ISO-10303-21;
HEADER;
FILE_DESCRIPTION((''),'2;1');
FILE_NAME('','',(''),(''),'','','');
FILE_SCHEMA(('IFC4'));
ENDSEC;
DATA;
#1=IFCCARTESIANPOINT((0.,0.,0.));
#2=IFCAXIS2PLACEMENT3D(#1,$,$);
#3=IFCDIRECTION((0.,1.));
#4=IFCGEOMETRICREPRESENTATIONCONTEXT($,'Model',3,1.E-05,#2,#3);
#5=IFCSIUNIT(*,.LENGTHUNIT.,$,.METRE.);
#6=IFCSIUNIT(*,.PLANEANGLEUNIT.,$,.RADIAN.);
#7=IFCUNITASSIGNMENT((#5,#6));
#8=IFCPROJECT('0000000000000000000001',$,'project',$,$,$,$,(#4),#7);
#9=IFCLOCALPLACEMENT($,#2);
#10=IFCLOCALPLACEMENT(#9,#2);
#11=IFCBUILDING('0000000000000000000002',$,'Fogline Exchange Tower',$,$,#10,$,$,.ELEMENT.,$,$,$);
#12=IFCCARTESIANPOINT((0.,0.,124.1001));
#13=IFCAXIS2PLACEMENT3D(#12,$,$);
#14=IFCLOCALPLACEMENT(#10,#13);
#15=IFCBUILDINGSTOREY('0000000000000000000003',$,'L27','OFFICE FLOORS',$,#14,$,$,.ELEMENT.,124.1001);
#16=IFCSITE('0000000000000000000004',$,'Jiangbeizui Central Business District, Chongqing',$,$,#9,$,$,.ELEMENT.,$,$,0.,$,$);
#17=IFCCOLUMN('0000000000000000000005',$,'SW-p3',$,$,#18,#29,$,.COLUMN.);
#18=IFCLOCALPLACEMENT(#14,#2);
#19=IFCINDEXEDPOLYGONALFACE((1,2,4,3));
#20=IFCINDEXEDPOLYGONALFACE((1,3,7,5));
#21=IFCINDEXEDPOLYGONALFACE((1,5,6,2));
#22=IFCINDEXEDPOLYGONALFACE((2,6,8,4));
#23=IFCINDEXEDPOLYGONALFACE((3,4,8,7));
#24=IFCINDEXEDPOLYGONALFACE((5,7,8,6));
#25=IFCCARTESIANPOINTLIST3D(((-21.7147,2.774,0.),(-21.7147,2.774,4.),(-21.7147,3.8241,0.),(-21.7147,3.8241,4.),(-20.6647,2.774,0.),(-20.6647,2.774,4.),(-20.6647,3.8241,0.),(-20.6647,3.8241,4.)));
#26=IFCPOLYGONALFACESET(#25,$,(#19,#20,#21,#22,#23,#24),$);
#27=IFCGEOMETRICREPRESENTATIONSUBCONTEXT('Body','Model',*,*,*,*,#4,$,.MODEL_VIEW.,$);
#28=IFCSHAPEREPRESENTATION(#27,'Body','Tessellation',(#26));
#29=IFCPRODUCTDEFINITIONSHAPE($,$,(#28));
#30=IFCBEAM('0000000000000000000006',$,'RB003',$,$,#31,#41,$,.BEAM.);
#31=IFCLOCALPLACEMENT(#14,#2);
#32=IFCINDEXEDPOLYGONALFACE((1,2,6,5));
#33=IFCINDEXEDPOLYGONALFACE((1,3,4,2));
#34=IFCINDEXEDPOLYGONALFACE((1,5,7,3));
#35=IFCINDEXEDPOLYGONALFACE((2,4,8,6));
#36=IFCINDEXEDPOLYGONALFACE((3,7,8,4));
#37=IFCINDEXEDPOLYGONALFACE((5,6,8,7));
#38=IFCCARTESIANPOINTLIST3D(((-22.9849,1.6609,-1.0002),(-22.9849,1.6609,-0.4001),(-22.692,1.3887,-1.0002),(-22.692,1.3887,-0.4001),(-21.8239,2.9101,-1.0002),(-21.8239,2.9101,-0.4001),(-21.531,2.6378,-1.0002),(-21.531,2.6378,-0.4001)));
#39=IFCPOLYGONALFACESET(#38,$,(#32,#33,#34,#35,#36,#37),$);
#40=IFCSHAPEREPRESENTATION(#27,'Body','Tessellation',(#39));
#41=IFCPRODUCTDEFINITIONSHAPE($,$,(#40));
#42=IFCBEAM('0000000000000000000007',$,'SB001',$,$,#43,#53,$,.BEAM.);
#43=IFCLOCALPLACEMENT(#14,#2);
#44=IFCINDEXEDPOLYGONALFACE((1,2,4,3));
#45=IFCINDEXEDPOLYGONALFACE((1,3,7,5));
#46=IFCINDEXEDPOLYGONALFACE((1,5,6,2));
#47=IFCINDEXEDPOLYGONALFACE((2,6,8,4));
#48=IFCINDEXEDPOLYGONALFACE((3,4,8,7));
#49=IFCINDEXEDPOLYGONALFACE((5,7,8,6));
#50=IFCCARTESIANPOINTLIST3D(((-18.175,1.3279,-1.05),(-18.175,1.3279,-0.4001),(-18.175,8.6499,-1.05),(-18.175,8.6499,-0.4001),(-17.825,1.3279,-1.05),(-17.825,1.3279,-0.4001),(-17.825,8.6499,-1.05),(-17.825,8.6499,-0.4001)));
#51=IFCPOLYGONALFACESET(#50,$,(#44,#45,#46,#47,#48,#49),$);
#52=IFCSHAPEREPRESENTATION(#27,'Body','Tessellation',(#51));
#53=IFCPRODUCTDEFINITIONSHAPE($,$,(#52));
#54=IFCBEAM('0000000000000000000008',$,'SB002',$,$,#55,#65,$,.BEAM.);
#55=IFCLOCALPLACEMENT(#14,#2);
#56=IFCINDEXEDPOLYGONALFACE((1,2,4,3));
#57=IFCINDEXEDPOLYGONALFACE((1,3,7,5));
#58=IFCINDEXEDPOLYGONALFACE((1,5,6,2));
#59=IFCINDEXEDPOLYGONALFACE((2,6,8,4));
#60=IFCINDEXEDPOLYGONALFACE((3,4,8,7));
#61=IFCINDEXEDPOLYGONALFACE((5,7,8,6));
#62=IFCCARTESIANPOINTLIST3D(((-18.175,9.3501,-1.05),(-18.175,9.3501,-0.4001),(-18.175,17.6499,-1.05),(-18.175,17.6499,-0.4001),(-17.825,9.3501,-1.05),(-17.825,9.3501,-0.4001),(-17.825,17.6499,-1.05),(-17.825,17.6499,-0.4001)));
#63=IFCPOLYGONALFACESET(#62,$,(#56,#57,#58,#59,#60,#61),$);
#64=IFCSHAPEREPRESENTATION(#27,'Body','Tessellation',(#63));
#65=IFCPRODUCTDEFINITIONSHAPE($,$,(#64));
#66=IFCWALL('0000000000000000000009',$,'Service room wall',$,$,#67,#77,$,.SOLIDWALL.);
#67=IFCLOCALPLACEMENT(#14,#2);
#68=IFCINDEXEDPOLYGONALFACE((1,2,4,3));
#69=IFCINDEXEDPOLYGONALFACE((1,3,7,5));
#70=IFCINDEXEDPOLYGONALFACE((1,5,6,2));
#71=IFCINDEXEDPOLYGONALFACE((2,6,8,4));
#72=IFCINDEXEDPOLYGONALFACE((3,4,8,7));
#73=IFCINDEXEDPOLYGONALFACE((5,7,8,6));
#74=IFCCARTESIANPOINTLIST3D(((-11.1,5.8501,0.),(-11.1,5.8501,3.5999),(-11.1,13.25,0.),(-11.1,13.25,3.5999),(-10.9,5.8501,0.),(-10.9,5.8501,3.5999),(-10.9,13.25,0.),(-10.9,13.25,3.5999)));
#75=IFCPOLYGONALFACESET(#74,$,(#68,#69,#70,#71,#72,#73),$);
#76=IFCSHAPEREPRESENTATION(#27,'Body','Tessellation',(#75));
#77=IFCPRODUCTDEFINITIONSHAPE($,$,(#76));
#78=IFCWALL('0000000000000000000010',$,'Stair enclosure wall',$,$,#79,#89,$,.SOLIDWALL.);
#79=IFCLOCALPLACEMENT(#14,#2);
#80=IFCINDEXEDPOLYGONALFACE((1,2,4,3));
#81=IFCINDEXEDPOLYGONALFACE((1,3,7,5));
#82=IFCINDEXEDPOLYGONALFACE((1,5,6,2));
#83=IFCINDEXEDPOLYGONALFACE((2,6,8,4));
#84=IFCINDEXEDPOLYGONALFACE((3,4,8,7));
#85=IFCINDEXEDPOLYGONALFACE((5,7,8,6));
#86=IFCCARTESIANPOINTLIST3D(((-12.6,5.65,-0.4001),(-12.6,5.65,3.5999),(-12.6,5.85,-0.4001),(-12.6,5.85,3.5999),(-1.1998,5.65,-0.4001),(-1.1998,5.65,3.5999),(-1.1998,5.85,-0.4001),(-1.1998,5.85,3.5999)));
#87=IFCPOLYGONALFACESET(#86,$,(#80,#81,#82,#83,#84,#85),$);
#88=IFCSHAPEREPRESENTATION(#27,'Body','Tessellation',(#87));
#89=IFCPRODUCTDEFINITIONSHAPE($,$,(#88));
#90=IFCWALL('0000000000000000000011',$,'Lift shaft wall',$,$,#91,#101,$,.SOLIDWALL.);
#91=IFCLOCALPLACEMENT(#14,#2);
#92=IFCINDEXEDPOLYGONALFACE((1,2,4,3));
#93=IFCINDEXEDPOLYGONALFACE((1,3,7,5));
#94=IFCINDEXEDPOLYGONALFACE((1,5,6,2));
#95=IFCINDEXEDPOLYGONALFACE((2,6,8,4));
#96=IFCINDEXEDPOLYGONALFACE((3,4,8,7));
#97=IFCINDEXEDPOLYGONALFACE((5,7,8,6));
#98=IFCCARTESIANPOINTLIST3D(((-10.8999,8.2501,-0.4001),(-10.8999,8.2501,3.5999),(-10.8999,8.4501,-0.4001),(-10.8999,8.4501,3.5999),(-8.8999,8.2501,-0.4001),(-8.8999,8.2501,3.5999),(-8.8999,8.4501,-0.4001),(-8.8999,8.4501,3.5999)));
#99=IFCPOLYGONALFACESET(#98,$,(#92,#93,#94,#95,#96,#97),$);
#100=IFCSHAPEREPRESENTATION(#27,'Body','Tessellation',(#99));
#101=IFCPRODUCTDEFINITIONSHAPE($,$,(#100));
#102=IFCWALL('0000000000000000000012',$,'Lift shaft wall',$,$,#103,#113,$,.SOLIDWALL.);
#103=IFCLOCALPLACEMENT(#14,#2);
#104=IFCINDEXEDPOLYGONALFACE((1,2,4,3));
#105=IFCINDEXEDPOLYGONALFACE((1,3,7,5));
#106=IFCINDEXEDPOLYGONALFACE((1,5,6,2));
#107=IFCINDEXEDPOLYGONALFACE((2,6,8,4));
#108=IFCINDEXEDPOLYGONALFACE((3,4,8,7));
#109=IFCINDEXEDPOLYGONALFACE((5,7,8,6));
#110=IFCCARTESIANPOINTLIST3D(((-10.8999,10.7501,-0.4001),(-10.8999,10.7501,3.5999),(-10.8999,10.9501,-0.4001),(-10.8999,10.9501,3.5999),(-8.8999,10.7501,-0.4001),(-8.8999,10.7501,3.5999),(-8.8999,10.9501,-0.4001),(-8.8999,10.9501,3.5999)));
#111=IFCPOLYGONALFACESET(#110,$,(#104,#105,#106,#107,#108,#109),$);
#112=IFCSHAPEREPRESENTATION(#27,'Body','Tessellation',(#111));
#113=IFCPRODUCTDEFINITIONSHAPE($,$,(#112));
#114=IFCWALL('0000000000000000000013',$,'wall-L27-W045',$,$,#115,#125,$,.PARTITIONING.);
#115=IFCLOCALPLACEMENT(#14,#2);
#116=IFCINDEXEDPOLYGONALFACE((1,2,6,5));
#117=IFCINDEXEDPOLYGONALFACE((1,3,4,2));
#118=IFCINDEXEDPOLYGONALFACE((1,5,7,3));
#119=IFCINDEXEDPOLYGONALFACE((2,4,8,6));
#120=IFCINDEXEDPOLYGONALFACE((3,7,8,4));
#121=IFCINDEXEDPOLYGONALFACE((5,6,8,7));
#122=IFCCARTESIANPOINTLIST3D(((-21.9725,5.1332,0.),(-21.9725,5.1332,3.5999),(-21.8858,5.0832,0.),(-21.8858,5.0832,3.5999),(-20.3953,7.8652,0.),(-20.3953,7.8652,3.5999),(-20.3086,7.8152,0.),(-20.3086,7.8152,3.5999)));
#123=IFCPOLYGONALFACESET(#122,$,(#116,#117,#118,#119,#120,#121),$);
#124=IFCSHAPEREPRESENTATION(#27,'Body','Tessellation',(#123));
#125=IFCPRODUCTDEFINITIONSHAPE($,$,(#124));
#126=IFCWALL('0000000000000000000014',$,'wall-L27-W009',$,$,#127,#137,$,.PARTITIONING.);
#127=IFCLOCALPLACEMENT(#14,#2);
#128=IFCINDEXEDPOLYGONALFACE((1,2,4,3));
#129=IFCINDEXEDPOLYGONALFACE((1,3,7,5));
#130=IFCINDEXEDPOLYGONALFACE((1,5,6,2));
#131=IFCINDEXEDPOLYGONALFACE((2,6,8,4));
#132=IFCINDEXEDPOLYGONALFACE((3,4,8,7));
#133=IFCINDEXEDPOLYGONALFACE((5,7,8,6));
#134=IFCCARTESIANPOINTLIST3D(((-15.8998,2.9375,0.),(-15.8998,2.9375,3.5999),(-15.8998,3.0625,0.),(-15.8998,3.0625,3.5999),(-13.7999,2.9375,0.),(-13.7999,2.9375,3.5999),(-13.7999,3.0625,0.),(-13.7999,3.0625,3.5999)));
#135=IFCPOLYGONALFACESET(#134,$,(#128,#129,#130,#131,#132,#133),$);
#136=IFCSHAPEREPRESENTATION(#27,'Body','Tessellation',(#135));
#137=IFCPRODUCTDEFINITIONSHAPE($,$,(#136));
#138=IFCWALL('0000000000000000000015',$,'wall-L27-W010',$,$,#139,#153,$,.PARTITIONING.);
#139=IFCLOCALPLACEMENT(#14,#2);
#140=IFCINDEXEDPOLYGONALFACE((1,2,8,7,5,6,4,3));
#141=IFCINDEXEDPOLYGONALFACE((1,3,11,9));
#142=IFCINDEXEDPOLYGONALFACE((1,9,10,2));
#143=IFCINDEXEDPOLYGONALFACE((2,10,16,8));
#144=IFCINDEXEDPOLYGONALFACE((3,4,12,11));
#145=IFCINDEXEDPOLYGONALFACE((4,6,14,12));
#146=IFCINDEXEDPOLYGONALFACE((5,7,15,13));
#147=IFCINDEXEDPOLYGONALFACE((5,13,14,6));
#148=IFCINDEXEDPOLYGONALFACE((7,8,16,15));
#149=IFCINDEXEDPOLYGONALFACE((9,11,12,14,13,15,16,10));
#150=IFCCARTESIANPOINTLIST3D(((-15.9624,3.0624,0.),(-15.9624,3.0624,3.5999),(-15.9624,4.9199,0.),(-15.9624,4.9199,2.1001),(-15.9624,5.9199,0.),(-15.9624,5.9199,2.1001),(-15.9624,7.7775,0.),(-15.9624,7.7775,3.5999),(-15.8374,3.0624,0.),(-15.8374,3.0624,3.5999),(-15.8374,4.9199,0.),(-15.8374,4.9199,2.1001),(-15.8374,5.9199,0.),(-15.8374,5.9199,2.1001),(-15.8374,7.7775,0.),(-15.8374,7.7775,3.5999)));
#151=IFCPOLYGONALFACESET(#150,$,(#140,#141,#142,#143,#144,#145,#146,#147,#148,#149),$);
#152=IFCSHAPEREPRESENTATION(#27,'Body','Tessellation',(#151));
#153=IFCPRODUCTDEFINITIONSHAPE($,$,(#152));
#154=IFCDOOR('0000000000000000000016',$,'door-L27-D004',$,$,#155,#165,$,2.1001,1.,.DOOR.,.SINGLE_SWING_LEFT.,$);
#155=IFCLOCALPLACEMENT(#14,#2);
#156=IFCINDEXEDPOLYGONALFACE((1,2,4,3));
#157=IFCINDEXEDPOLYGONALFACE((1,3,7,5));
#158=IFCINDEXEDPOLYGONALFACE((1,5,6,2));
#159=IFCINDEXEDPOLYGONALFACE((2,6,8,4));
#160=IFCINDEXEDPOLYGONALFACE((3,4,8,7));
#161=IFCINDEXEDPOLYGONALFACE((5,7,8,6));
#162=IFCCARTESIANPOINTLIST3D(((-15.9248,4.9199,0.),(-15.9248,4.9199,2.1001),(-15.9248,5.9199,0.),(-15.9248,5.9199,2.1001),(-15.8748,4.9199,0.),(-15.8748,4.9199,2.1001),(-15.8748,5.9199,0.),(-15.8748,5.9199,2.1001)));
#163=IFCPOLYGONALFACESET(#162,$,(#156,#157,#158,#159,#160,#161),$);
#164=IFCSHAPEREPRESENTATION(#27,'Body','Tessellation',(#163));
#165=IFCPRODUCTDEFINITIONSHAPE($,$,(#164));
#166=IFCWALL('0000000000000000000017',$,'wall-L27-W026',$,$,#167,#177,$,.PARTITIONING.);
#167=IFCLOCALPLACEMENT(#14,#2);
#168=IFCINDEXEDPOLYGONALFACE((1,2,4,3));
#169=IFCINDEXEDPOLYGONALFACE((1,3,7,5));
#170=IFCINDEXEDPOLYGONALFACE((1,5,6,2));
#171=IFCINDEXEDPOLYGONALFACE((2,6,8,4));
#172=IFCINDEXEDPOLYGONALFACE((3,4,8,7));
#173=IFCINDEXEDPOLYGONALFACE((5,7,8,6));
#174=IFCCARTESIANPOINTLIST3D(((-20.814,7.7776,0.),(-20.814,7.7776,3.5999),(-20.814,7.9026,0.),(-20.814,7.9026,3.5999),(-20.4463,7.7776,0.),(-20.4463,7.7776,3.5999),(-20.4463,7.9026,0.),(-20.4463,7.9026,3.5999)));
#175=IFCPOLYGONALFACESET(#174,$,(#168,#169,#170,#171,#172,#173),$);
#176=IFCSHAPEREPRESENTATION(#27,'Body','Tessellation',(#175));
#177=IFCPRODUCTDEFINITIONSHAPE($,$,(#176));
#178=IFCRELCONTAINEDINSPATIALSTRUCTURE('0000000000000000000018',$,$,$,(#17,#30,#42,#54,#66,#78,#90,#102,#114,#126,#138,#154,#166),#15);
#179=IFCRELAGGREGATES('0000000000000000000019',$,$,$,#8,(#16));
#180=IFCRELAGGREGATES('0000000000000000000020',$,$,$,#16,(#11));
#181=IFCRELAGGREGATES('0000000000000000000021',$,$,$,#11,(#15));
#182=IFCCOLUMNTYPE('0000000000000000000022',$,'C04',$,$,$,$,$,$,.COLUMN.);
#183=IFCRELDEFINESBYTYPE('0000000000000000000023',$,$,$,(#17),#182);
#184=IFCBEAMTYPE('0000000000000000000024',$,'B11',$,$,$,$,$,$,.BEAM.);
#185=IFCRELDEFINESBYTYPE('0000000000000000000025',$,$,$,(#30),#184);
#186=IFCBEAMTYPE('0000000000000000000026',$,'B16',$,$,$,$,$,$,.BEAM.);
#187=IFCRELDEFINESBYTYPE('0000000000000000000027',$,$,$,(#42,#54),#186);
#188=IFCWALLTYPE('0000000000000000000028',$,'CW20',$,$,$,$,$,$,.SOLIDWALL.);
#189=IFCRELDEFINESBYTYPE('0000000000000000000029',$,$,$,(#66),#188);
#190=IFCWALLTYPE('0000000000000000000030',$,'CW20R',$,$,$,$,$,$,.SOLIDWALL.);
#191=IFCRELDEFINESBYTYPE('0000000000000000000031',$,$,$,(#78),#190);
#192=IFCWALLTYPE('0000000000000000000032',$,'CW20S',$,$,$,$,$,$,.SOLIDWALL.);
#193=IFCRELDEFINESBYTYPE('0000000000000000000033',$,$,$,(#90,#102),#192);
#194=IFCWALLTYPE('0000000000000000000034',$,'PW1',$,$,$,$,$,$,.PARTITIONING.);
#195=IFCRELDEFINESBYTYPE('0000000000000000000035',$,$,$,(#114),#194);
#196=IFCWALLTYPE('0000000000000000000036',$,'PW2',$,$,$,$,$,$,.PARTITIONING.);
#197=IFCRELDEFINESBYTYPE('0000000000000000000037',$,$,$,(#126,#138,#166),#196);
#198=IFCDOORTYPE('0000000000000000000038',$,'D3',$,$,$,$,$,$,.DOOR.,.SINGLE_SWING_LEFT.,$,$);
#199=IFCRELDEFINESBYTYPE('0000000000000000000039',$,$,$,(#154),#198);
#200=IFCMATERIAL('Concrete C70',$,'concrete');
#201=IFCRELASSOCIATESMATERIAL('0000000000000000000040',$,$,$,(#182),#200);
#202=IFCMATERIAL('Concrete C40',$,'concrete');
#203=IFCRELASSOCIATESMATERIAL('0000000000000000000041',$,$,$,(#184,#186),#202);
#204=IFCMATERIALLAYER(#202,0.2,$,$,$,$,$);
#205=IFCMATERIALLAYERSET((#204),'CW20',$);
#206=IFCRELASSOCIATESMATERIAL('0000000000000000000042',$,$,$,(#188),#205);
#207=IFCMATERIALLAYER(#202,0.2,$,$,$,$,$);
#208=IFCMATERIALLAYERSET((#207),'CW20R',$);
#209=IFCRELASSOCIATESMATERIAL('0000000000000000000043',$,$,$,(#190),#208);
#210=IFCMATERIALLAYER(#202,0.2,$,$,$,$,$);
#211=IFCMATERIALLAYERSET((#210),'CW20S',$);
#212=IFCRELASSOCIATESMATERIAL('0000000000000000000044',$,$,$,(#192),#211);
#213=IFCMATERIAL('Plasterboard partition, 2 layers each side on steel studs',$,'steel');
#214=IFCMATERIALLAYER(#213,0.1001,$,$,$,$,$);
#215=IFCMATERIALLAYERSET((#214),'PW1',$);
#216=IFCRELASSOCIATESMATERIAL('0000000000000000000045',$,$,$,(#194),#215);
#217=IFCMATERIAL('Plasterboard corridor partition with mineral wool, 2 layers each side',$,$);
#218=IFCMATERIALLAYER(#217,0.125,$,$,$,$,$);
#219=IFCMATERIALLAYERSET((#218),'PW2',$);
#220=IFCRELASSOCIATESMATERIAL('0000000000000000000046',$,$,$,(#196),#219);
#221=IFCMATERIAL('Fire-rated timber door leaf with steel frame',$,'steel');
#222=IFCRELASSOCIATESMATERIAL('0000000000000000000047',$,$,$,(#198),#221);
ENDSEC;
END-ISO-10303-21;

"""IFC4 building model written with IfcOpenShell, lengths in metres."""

from ifc_helpers import new_model, si_unit, direction, frame, frame_2d, origin, origin_2d, place, context, subcontext, project, spatial, rectangle, extrude, material, layer, layer_set, material_profile, profile_set, type_object, element, fill, save


model = new_model("IFC4")

# Units and contexts
model_context = context("Model", 3, precision=1e-05, world=origin(), true_north=direction((0.0, 1.0)))
body_context = subcontext(model_context, "Body", "Model", "MODEL_VIEW")
ifc_project = project(units=[si_unit("LENGTHUNIT", "METRE"), si_unit("PLANEANGLEUNIT", "RADIAN")], contexts=[model_context])

# Site, building, storey
site_placement = place(None, origin())
site = spatial("IfcSite", under=ifc_project, at=site_placement, Name="Jiangbeizui Central Business District, Chongqing", CompositionType="ELEMENT", RefElevation=0.0)
building_placement = place(site_placement, origin())
building = spatial("IfcBuilding", under=site, at=building_placement, Name="Fogline Exchange Tower", CompositionType="ELEMENT")
storey_placement = place(building_placement, frame((0.0, 0.0, 124.1001)))
storey = spatial("IfcBuildingStorey", under=building, at=storey_placement, Name="L27", Description="OFFICE FLOORS", CompositionType="ELEMENT", Elevation=124.1001)

# Column
ifc_material_1 = material(Name="Concrete C70", Category="concrete")
ifc_material_profile_1 = material_profile(ifc_material_1, rectangle(XDim=1.05, YDim=1.05, at=origin_2d()), Name="RC 1050x1050")
ifc_profile_set_1 = profile_set([ifc_material_profile_1], Name="Concrete C70")
column_type = type_object("IfcColumnType", Name="C04", PredefinedType="COLUMN", material=ifc_profile_set_1)
column_placement = place(storey_placement, frame((-21.1897, 3.2991, 0.0), z_axis=(0.0, 0.0, 1.0), x_axis=(1.0, 0.0, 0.0)))
element("IfcColumn", 1, at=column_placement, inside=storey, type_object=column_type, Name="SW-p3", PredefinedType="COLUMN", context=body_context, shape_type="SweptSolid", body=[
    extrude(rectangle(XDim=1.05, YDim=1.05, at=origin_2d()), origin(), (0.0, 0.0, 1.0), 4.0),
])

# Beams
ifc_material_2 = material(Name="Concrete C40", Category="concrete")
ifc_material_profile_2 = material_profile(ifc_material_2, rectangle(XDim=0.3999, YDim=0.6001, at=origin_2d()), Name="RC 400x600")
ifc_profile_set_2 = profile_set([ifc_material_profile_2], Name="Concrete C40")
beam_type_1 = type_object("IfcBeamType", Name="B11", PredefinedType="BEAM", material=ifc_profile_set_2)
beam_1_placement = place(storey_placement, frame((-21.6775, 2.7739, -0.7002), z_axis=(-0.680792, -0.732477, 0.0), x_axis=(0.732477, -0.680792, 0.0)))
element("IfcBeam", 2, at=beam_1_placement, inside=storey, type_object=beam_type_1, Name="RB003", PredefinedType="BEAM", context=body_context, shape_type="SweptSolid", body=[
    extrude(rectangle(XDim=0.3999, YDim=0.6001, at=origin_2d()), origin(), (0.0, 0.0, 1.0), 1.7053),
])
ifc_material_profile_3 = material_profile(ifc_material_2, rectangle(XDim=0.3501, YDim=0.6499, at=origin_2d()), Name="RC 350x650")
ifc_profile_set_3 = profile_set([ifc_material_profile_3], Name="Concrete C40")
beam_type_2 = type_object("IfcBeamType", Name="B16", PredefinedType="BEAM", material=ifc_profile_set_3)
beam_2_placement = place(storey_placement, frame((-18.0, 1.3279, -0.7251), z_axis=(0.0, 1.0, 0.0), x_axis=(-1.0, 0.0, 0.0)))
element("IfcBeam", 3, at=beam_2_placement, inside=storey, type_object=beam_type_2, Name="SB001", PredefinedType="BEAM", context=body_context, shape_type="SweptSolid", body=[
    extrude(rectangle(XDim=0.3501, YDim=0.6499, at=origin_2d()), origin(), (0.0, 0.0, 1.0), 7.322),
])
beam_3_placement = place(storey_placement, frame((-18.0, 9.3501, -0.7251), z_axis=(0.0, 1.0, 0.0), x_axis=(-1.0, 0.0, 0.0)))
element("IfcBeam", 4, at=beam_3_placement, inside=storey, type_object=beam_type_2, Name="SB002", PredefinedType="BEAM", context=body_context, shape_type="SweptSolid", body=[
    extrude(rectangle(XDim=0.3501, YDim=0.6499, at=origin_2d()), origin(), (0.0, 0.0, 1.0), 8.2998),
])

# Walls
ifc_layer_1 = layer(ifc_material_2, 0.2)
ifc_layer_set_1 = layer_set([ifc_layer_1], Name="CW20")
wall_type_1 = type_object("IfcWallType", Name="CW20", PredefinedType="SOLIDWALL", material=ifc_layer_set_1)
wall_1_placement = place(storey_placement, frame((-11.0, 5.8501, 0.0), z_axis=(0.0, 0.0, 1.0), x_axis=(0.0, 1.0, 0.0)))
element("IfcWall", 5, at=wall_1_placement, inside=storey, type_object=wall_type_1, Name="Service room wall", PredefinedType="SOLIDWALL", context=body_context, shape_type="SweptSolid", body=[
    extrude(rectangle(XDim=7.3999, YDim=0.2, at=frame_2d((3.7, 0.0))), origin(), (0.0, 0.0, 1.0), 3.5999),
])
ifc_layer_2 = layer(ifc_material_2, 0.2)
ifc_layer_set_2 = layer_set([ifc_layer_2], Name="CW20R")
wall_type_2 = type_object("IfcWallType", Name="CW20R", PredefinedType="SOLIDWALL", material=ifc_layer_set_2)
wall_2_placement = place(storey_placement, frame((-12.6001, 5.75, -0.4001), z_axis=(0.0, 0.0, 1.0), x_axis=(1.0, 0.0, 0.0)))
element("IfcWall", 6, at=wall_2_placement, inside=storey, type_object=wall_type_2, Name="Stair enclosure wall", PredefinedType="SOLIDWALL", context=body_context, shape_type="SweptSolid", body=[
    extrude(rectangle(XDim=11.4001, YDim=0.2, at=frame_2d((5.7002, 0.0))), origin(), (0.0, 0.0, 1.0), 4.0),
])
ifc_layer_3 = layer(ifc_material_2, 0.2)
ifc_layer_set_3 = layer_set([ifc_layer_3], Name="CW20S")
wall_type_3 = type_object("IfcWallType", Name="CW20S", PredefinedType="SOLIDWALL", material=ifc_layer_set_3)
for number, where, z_axis, x_axis, name in (
    (7, (-10.8999, 8.3501, -0.4001), (0.0, 0.0, 1.0), (1.0, 0.0, 0.0), "Lift shaft wall"),
    (8, (-10.8999, 10.8501, -0.4001), (0.0, 0.0, 1.0), (1.0, 0.0, 0.0), "Lift shaft wall"),
):
    element("IfcWall", number, at=place(storey_placement, frame(where, z_axis=z_axis, x_axis=x_axis)), inside=storey, type_object=wall_type_3, Name=name, PredefinedType="SOLIDWALL", context=body_context, shape_type="SweptSolid", body=[
        extrude(rectangle(XDim=2.0, YDim=0.2, at=frame_2d((1.0, 0.0))), origin(), (0.0, 0.0, 1.0), 4.0),
    ])
ifc_material_3 = material(Name="Plasterboard partition, 2 layers each side on steel studs", Category="steel")
ifc_layer_4 = layer(ifc_material_3, 0.1001)
ifc_layer_set_4 = layer_set([ifc_layer_4], Name="PW1")
wall_type_4 = type_object("IfcWallType", Name="PW1", PredefinedType="PARTITIONING", material=ifc_layer_set_4)
wall_3_placement = place(storey_placement, frame((-20.3521, 7.8401, 0.0), z_axis=(0.0, 0.0, 1.0), x_axis=(-0.499968, -0.866044, 0.0)))
element("IfcWall", 9, at=wall_3_placement, inside=storey, type_object=wall_type_4, Name="wall-L27-W045", PredefinedType="PARTITIONING", context=body_context, shape_type="SweptSolid", body=[
    extrude(rectangle(XDim=3.1545, YDim=0.1001, at=frame_2d((1.5771, 0.0))), origin(), (0.0, 0.0, 1.0), 3.5999),
])
ifc_material_4 = material(Name="Plasterboard corridor partition with mineral wool, 2 layers each side")
ifc_layer_5 = layer(ifc_material_4, 0.125)
ifc_layer_set_5 = layer_set([ifc_layer_5], Name="PW2")
wall_type_5 = type_object("IfcWallType", Name="PW2", PredefinedType="PARTITIONING", material=ifc_layer_set_5)
wall_4_placement = place(storey_placement, frame((-13.8, 3.0, 0.0), z_axis=(0.0, 0.0, 1.0), x_axis=(-1.0, 0.0, 0.0)))
element("IfcWall", 10, at=wall_4_placement, inside=storey, type_object=wall_type_5, Name="wall-L27-W009", PredefinedType="PARTITIONING", context=body_context, shape_type="SweptSolid", body=[
    extrude(rectangle(XDim=2.0999, YDim=0.125, at=frame_2d((1.0498, 0.0))), origin(), (0.0, 0.0, 1.0), 3.5999),
])

# Wall, opening, door
wall_5_placement = place(storey_placement, frame((-15.8999, 3.0625, 0.0), z_axis=(0.0, 0.0, 1.0), x_axis=(0.0, 1.0, 0.0)))
wall_5 = element("IfcWall", 11, at=wall_5_placement, inside=storey, type_object=wall_type_5, Name="wall-L27-W010", PredefinedType="PARTITIONING", context=body_context, shape_type="SweptSolid", body=[
    extrude(rectangle(XDim=4.7151, YDim=0.125, at=frame_2d((2.3574, 0.0))), origin(), (0.0, 0.0, 1.0), 3.5999),
])
opening_1_placement = place(wall_5_placement, frame((1.8574, 0.0, 0.0)))
opening_1 = element("IfcOpeningElement", 12, at=opening_1_placement, cuts=wall_5, PredefinedType="OPENING", context=body_context, shape_type="SweptSolid", body=[
    extrude(rectangle(XDim=1.0, YDim=2.1001, at=frame_2d((0.5, 1.05))), frame((0.0, 0.0725, 0.0), z_axis=(0.0, -1.0, 0.0), x_axis=(1.0, 0.0, 0.0)), (0.0, 0.0, 1.0), 0.145),
])
ifc_material_5 = material(Name="Fire-rated timber door leaf with steel frame", Category="steel")
door_type_1 = type_object("IfcDoorType", Name="D3", OperationType="SINGLE_SWING_LEFT", PredefinedType="DOOR", material=ifc_material_5)
door_1_placement = place(opening_1_placement, origin())
door_1 = element("IfcDoor", 13, at=door_1_placement, inside=storey, type_object=door_type_1, Name="door-L27-D004", OperationType="SINGLE_SWING_LEFT", OverallHeight=2.1001, OverallWidth=1.0, PredefinedType="DOOR", context=body_context, shape_type="SweptSolid", body=[
    extrude(rectangle(XDim=1.0, YDim=2.1001, at=frame_2d((0.5, 1.05))), frame((0.0, 0.0249, 0.0), z_axis=(0.0, -1.0, 0.0), x_axis=(1.0, 0.0, 0.0)), (0.0, 0.0, 1.0), 0.05),
])
fill(opening_1, door_1)

# Wall
wall_6_placement = place(storey_placement, frame((-20.4463, 7.8401, 0.0), z_axis=(0.0, 0.0, 1.0), x_axis=(-1.0, 0.0, 0.0)))
element("IfcWall", 14, at=wall_6_placement, inside=storey, type_object=wall_type_5, Name="wall-L27-W026", PredefinedType="PARTITIONING", context=body_context, shape_type="SweptSolid", body=[
    extrude(rectangle(XDim=0.3677, YDim=0.125, at=frame_2d((0.1838, 0.0))), origin(), (0.0, 0.0, 1.0), 3.5999),
])

save(model, "model.ifc")
